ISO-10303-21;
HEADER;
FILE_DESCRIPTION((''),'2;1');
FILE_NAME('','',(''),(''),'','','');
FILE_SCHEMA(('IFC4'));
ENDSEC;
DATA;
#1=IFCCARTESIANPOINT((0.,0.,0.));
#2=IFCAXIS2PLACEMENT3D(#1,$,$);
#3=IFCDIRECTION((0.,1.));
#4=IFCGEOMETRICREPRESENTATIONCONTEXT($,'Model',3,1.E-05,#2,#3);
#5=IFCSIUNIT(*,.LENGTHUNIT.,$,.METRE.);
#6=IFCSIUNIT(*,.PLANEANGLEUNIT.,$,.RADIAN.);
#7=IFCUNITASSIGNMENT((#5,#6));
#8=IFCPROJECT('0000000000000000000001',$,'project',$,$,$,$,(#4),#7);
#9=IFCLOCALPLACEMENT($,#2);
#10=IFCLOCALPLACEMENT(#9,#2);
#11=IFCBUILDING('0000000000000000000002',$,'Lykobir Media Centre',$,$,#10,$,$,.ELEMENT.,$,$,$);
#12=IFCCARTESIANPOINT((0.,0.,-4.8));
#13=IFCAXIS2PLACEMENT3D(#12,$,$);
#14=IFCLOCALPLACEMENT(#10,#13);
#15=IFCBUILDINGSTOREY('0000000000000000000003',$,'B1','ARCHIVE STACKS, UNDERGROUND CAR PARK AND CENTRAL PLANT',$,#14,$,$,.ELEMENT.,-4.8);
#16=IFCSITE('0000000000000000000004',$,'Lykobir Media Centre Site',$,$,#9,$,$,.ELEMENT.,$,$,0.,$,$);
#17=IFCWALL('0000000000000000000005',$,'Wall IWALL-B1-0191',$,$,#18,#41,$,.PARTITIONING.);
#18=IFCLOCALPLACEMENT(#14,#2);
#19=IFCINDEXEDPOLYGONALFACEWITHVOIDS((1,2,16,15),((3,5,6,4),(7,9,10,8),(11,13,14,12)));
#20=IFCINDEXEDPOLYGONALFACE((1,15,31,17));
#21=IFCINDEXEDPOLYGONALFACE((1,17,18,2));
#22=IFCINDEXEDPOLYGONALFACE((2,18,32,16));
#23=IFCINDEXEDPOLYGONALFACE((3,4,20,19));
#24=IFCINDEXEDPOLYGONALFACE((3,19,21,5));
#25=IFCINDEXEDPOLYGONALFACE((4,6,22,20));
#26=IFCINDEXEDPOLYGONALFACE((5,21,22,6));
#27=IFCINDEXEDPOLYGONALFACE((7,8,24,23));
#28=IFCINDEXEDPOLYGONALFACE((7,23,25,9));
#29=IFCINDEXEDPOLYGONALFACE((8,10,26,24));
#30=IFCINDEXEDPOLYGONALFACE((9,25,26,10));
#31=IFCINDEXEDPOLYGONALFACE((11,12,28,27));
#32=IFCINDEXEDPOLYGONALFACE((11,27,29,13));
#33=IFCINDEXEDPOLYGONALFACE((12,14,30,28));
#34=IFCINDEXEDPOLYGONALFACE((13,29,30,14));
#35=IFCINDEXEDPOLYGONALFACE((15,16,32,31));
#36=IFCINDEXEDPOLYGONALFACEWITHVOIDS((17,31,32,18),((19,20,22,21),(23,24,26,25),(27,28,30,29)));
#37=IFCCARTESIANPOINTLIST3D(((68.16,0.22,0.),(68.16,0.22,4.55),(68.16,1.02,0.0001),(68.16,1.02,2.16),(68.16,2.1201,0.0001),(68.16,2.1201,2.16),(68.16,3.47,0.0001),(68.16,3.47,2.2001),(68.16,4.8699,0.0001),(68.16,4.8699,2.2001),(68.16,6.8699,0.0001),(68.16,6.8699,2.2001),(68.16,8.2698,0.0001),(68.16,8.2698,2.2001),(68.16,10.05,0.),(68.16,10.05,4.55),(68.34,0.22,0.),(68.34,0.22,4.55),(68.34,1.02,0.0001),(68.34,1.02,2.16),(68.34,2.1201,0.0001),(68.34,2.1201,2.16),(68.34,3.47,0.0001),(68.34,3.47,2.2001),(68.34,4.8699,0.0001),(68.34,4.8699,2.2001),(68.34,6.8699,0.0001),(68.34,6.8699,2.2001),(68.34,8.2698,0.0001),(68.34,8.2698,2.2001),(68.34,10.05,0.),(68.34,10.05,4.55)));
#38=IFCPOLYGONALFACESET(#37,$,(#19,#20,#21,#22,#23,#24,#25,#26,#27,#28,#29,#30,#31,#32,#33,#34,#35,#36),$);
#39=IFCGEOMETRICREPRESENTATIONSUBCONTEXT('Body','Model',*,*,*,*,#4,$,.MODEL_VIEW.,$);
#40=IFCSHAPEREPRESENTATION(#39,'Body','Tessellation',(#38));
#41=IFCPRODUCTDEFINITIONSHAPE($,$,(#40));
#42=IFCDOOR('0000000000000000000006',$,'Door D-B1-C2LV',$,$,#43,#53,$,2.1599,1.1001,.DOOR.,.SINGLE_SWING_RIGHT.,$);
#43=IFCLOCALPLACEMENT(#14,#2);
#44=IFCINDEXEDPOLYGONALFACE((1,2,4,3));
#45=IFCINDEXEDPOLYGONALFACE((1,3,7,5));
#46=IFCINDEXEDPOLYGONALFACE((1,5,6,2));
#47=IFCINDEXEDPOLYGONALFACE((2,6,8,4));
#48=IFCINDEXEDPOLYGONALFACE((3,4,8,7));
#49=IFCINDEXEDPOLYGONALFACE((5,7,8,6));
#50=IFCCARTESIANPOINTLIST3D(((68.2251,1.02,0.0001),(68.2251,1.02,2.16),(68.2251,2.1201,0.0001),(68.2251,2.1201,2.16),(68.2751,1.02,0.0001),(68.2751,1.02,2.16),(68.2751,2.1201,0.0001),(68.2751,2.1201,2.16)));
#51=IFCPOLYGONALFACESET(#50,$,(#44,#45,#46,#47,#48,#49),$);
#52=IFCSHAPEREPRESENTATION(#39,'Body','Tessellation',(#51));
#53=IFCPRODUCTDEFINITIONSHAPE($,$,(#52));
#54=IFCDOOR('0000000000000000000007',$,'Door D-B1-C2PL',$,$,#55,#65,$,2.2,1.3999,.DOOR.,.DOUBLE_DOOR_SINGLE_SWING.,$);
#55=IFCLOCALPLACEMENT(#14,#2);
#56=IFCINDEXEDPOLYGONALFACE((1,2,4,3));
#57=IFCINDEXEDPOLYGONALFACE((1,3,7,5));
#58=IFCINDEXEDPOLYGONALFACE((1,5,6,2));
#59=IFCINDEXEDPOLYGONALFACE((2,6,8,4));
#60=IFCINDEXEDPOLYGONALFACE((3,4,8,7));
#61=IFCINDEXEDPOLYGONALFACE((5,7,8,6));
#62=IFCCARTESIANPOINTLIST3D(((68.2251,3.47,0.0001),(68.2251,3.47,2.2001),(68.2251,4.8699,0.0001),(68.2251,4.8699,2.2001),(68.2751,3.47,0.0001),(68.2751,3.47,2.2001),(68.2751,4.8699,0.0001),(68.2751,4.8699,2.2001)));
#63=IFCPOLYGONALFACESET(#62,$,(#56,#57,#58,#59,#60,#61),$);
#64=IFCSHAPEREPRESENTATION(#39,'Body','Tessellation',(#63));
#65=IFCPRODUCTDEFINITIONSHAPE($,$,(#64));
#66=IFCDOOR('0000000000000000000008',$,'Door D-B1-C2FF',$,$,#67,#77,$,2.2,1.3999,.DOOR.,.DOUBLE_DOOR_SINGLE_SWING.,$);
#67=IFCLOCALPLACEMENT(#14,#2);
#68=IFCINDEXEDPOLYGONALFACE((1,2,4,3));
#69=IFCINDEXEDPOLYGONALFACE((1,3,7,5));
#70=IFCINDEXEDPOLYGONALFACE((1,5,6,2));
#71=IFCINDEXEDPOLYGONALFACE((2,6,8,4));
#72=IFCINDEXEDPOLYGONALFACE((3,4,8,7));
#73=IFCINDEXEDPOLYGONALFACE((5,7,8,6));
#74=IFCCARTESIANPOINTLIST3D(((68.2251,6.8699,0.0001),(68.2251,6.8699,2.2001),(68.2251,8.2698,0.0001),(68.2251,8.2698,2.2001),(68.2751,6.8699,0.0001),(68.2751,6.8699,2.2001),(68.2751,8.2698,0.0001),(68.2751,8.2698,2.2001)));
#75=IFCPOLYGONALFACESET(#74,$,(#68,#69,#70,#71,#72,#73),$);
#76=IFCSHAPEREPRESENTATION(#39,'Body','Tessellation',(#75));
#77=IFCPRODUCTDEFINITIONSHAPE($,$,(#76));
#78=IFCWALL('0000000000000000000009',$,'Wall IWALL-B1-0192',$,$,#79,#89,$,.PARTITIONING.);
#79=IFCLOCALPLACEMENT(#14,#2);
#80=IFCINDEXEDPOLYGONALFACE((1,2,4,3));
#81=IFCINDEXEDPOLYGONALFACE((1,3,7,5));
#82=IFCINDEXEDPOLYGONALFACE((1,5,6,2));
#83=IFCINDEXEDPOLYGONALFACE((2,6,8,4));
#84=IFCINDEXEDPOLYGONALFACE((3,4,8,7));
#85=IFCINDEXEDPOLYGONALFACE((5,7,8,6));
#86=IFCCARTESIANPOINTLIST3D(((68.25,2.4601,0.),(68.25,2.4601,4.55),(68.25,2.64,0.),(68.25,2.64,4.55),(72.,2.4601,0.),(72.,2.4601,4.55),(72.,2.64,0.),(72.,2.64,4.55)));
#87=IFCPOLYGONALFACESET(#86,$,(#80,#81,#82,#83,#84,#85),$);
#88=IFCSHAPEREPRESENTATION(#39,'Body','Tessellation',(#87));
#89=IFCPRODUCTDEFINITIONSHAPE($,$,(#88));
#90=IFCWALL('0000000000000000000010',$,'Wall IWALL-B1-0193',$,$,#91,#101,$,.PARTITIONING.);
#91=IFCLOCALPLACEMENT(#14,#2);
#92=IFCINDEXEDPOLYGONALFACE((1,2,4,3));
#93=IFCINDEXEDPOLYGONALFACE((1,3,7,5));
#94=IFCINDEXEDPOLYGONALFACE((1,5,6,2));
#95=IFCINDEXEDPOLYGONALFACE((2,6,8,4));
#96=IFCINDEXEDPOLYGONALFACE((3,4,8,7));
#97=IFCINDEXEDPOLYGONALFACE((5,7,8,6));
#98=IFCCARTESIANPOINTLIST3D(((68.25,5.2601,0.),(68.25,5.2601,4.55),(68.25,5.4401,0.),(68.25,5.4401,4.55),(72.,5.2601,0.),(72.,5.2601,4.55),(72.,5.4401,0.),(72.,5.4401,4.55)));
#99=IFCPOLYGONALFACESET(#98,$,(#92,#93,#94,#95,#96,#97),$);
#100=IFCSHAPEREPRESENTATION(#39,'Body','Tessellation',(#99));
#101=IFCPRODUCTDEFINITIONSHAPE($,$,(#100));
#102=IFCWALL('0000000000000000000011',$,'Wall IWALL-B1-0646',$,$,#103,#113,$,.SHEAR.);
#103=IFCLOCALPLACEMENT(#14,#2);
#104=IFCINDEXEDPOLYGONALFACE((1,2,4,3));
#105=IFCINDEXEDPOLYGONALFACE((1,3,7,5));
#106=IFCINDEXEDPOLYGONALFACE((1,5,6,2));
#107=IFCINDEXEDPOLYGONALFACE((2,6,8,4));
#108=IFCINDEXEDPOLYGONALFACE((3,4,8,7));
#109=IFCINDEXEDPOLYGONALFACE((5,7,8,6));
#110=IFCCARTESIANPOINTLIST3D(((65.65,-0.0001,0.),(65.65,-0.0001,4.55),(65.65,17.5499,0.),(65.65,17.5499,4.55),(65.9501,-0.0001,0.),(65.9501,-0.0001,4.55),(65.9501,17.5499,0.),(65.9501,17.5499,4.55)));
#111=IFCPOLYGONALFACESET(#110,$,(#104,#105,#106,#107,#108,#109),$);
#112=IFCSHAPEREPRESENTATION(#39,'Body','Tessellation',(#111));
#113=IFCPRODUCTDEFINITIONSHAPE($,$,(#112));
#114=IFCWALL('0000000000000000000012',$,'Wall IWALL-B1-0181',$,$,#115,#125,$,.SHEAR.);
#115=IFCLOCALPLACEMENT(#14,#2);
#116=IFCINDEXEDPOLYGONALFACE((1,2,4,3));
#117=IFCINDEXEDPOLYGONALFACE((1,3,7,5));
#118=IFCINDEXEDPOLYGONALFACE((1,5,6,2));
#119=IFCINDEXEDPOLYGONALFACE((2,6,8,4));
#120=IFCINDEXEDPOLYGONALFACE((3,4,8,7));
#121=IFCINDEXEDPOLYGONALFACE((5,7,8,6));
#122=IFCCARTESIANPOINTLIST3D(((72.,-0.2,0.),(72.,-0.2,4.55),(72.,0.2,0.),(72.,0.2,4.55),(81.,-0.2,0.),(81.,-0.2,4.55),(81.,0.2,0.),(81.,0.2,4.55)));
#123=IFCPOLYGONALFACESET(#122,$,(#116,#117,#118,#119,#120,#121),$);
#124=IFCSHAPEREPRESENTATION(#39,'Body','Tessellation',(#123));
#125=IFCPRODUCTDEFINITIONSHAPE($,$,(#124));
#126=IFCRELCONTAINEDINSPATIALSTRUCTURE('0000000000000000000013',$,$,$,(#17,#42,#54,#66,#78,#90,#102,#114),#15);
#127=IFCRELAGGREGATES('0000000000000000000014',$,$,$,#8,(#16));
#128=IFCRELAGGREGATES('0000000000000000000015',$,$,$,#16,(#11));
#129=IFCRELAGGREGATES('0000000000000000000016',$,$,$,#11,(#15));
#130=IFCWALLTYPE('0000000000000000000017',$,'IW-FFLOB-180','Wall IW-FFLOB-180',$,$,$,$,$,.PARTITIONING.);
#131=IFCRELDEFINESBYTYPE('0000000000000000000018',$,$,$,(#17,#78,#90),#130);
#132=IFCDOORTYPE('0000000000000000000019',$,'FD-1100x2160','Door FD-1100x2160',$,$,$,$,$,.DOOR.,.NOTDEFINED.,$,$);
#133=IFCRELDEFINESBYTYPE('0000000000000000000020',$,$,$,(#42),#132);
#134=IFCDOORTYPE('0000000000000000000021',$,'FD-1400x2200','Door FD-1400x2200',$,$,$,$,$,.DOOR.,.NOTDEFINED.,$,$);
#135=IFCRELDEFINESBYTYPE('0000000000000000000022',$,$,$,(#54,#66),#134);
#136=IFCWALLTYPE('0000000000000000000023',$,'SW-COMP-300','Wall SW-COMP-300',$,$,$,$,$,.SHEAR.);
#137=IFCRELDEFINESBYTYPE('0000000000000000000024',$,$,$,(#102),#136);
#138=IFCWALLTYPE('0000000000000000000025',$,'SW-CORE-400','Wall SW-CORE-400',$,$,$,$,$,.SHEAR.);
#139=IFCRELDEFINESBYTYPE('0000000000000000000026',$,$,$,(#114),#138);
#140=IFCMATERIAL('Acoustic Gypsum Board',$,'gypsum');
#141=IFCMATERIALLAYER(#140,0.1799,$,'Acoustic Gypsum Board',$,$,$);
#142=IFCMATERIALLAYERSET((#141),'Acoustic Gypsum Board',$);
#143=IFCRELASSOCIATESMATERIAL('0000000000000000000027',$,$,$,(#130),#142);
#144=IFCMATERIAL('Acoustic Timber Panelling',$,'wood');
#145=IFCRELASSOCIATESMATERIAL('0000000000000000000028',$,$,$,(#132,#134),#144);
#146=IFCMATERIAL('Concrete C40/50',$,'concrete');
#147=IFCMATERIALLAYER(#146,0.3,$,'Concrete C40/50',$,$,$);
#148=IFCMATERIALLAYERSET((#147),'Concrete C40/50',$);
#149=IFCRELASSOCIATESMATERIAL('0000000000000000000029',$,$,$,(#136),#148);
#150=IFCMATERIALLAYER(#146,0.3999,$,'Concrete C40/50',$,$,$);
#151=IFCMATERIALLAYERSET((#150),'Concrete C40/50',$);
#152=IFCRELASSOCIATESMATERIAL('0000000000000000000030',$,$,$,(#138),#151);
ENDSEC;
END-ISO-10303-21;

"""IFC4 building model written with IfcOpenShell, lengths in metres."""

from ifc_helpers import new_model, si_unit, direction, frame, frame_2d, origin, place, context, subcontext, project, spatial, rectangle, extrude, material, layer, layer_set, type_object, element, fill, save


model = new_model("IFC4")

# Units and contexts
model_context = context("Model", 3, precision=1e-05, world=origin(), true_north=direction((0.0, 1.0)))
body_context = subcontext(model_context, "Body", "Model", "MODEL_VIEW")
ifc_project = project(units=[si_unit("LENGTHUNIT", "METRE"), si_unit("PLANEANGLEUNIT", "RADIAN")], contexts=[model_context])

# Site, building, storey
site_placement = place(None, origin())
site = spatial("IfcSite", under=ifc_project, at=site_placement, Name="Lykobir Media Centre Site", CompositionType="ELEMENT", RefElevation=0.0)
building_placement = place(site_placement, origin())
building = spatial("IfcBuilding", under=site, at=building_placement, Name="Lykobir Media Centre", CompositionType="ELEMENT")
storey_placement = place(building_placement, frame((0.0, 0.0, -4.8)))
storey = spatial("IfcBuildingStorey", under=building, at=storey_placement, Name="B1", Description="ARCHIVE STACKS, UNDERGROUND CAR PARK AND CENTRAL PLANT", CompositionType="ELEMENT", Elevation=-4.8)

# Shared definitions
ifc_material_1 = material(Name="Concrete C40/50", Category="concrete")

# Wall, openings, doors
ifc_material_2 = material(Name="Acoustic Gypsum Board", Category="gypsum")
ifc_layer_1 = layer(ifc_material_2, 0.1799, Name="Acoustic Gypsum Board")
ifc_layer_set_1 = layer_set([ifc_layer_1], Name="Acoustic Gypsum Board")
wall_type_1 = type_object("IfcWallType", Name="IW-FFLOB-180", Description="Wall IW-FFLOB-180", PredefinedType="PARTITIONING", material=ifc_layer_set_1)
wall_1_placement = place(storey_placement, frame((68.25, 0.22, 0.0), z_axis=(0.0, 0.0, 1.0), x_axis=(0.0, 1.0, 0.0)))
wall_1 = element("IfcWall", 1, at=wall_1_placement, inside=storey, type_object=wall_type_1, Name="Wall IWALL-B1-0191", PredefinedType="PARTITIONING", context=body_context, shape_type="SweptSolid", body=[
    extrude(rectangle(XDim=9.8301, YDim=0.1799, at=frame_2d((4.915, 0.0))), origin(), (0.0, 0.0, 1.0), 4.55),
])
opening_1_placement = place(wall_1_placement, frame((0.8, 0.0, 0.0)))
opening_1 = element("IfcOpeningElement", 2, at=opening_1_placement, cuts=wall_1, PredefinedType="OPENING", context=body_context, shape_type="SweptSolid", body=[
    extrude(rectangle(XDim=1.1001, YDim=2.1599, at=frame_2d((0.55, 1.0801))), frame((0.0, 0.0999, 0.0), z_axis=(0.0, -1.0, 0.0), x_axis=(1.0, 0.0, 0.0)), (0.0, 0.0, 1.0), 0.2),
])
opening_2_placement = place(wall_1_placement, frame((3.25, 0.0, 0.0)))
opening_2 = element("IfcOpeningElement", 3, at=opening_2_placement, cuts=wall_1, PredefinedType="OPENING", context=body_context, shape_type="SweptSolid", body=[
    extrude(rectangle(XDim=1.3999, YDim=2.2, at=frame_2d((0.7, 1.1001))), frame((0.0, 0.0999, 0.0), z_axis=(0.0, -1.0, 0.0), x_axis=(1.0, 0.0, 0.0)), (0.0, 0.0, 1.0), 0.2),
])
opening_3_placement = place(wall_1_placement, frame((6.6499, 0.0, 0.0)))
opening_3 = element("IfcOpeningElement", 4, at=opening_3_placement, cuts=wall_1, PredefinedType="OPENING", context=body_context, shape_type="SweptSolid", body=[
    extrude(rectangle(XDim=1.3999, YDim=2.2, at=frame_2d((0.7, 1.1001))), frame((0.0, 0.0999, 0.0), z_axis=(0.0, -1.0, 0.0), x_axis=(1.0, 0.0, 0.0)), (0.0, 0.0, 1.0), 0.2),
])
ifc_material_3 = material(Name="Acoustic Timber Panelling", Category="wood")
door_type_1 = type_object("IfcDoorType", Name="FD-1100x2160", Description="Door FD-1100x2160", OperationType="NOTDEFINED", PredefinedType="DOOR", material=ifc_material_3)
door_1_placement = place(opening_1_placement, origin())
door_1 = element("IfcDoor", 5, at=door_1_placement, inside=storey, type_object=door_type_1, Name="Door D-B1-C2LV", OperationType="SINGLE_SWING_RIGHT", OverallHeight=2.1599, OverallWidth=1.1001, PredefinedType="DOOR", context=body_context, shape_type="SweptSolid", body=[
    extrude(rectangle(XDim=1.1001, YDim=2.1599, at=frame_2d((0.55, 1.0801))), frame((0.0, 0.0249, 0.0), z_axis=(0.0, -1.0, 0.0), x_axis=(1.0, 0.0, 0.0)), (0.0, 0.0, 1.0), 0.05),
])
fill(opening_1, door_1)
door_type_2 = type_object("IfcDoorType", Name="FD-1400x2200", Description="Door FD-1400x2200", OperationType="NOTDEFINED", PredefinedType="DOOR", material=ifc_material_3)
door_2_placement = place(opening_2_placement, origin())
door_2 = element("IfcDoor", 6, at=door_2_placement, inside=storey, type_object=door_type_2, Name="Door D-B1-C2PL", OperationType="DOUBLE_DOOR_SINGLE_SWING", OverallHeight=2.2, OverallWidth=1.3999, PredefinedType="DOOR", context=body_context, shape_type="SweptSolid", body=[
    extrude(rectangle(XDim=1.3999, YDim=2.2, at=frame_2d((0.7, 1.1001))), frame((0.0, 0.0249, 0.0), z_axis=(0.0, -1.0, 0.0), x_axis=(1.0, 0.0, 0.0)), (0.0, 0.0, 1.0), 0.05),
])
fill(opening_2, door_2)
door_3_placement = place(opening_3_placement, origin())
door_3 = element("IfcDoor", 7, at=door_3_placement, inside=storey, type_object=door_type_2, Name="Door D-B1-C2FF", OperationType="DOUBLE_DOOR_SINGLE_SWING", OverallHeight=2.2, OverallWidth=1.3999, PredefinedType="DOOR", context=body_context, shape_type="SweptSolid", body=[
    extrude(rectangle(XDim=1.3999, YDim=2.2, at=frame_2d((0.7, 1.1001))), frame((0.0, 0.0249, 0.0), z_axis=(0.0, -1.0, 0.0), x_axis=(1.0, 0.0, 0.0)), (0.0, 0.0, 1.0), 0.05),
])
fill(opening_3, door_3)

# Walls
for number, where, z_axis, x_axis, name in (
    (8, (68.25, 2.55, 0.0), (0.0, 0.0, 1.0), (1.0, 0.0, 0.0), "Wall IWALL-B1-0192"),
    (9, (68.25, 5.3501, 0.0), (0.0, 0.0, 1.0), (1.0, 0.0, 0.0), "Wall IWALL-B1-0193"),
):
    element("IfcWall", number, at=place(storey_placement, frame(where, z_axis=z_axis, x_axis=x_axis)), inside=storey, type_object=wall_type_1, Name=name, PredefinedType="PARTITIONING", context=body_context, shape_type="SweptSolid", body=[
        extrude(rectangle(XDim=3.75, YDim=0.1799, at=frame_2d((1.875, 0.0))), origin(), (0.0, 0.0, 1.0), 4.55),
    ])
ifc_layer_2 = layer(ifc_material_1, 0.3, Name="Concrete C40/50")
ifc_layer_set_2 = layer_set([ifc_layer_2], Name="Concrete C40/50")
wall_type_2 = type_object("IfcWallType", Name="SW-COMP-300", Description="Wall SW-COMP-300", PredefinedType="SHEAR", material=ifc_layer_set_2)
wall_2_placement = place(storey_placement, frame((65.8, 0.0, 0.0), z_axis=(0.0, 0.0, 1.0), x_axis=(0.0, 1.0, 0.0)))
element("IfcWall", 10, at=wall_2_placement, inside=storey, type_object=wall_type_2, Name="Wall IWALL-B1-0646", PredefinedType="SHEAR", context=body_context, shape_type="SweptSolid", body=[
    extrude(rectangle(XDim=17.55, YDim=0.3, at=frame_2d((8.7749, 0.0))), origin(), (0.0, 0.0, 1.0), 4.55),
])
ifc_layer_3 = layer(ifc_material_1, 0.3999, Name="Concrete C40/50")
ifc_layer_set_3 = layer_set([ifc_layer_3], Name="Concrete C40/50")
wall_type_3 = type_object("IfcWallType", Name="SW-CORE-400", Description="Wall SW-CORE-400", PredefinedType="SHEAR", material=ifc_layer_set_3)
wall_3_placement = place(storey_placement, frame((72.0, 0.0, 0.0), z_axis=(0.0, 0.0, 1.0), x_axis=(1.0, 0.0, 0.0)))
element("IfcWall", 11, at=wall_3_placement, inside=storey, type_object=wall_type_3, Name="Wall IWALL-B1-0181", PredefinedType="SHEAR", context=body_context, shape_type="SweptSolid", body=[
    extrude(rectangle(XDim=9.0, YDim=0.3999, at=frame_2d((4.5, 0.0))), origin(), (0.0, 0.0, 1.0), 4.55),
])

save(model, "model.ifc")
